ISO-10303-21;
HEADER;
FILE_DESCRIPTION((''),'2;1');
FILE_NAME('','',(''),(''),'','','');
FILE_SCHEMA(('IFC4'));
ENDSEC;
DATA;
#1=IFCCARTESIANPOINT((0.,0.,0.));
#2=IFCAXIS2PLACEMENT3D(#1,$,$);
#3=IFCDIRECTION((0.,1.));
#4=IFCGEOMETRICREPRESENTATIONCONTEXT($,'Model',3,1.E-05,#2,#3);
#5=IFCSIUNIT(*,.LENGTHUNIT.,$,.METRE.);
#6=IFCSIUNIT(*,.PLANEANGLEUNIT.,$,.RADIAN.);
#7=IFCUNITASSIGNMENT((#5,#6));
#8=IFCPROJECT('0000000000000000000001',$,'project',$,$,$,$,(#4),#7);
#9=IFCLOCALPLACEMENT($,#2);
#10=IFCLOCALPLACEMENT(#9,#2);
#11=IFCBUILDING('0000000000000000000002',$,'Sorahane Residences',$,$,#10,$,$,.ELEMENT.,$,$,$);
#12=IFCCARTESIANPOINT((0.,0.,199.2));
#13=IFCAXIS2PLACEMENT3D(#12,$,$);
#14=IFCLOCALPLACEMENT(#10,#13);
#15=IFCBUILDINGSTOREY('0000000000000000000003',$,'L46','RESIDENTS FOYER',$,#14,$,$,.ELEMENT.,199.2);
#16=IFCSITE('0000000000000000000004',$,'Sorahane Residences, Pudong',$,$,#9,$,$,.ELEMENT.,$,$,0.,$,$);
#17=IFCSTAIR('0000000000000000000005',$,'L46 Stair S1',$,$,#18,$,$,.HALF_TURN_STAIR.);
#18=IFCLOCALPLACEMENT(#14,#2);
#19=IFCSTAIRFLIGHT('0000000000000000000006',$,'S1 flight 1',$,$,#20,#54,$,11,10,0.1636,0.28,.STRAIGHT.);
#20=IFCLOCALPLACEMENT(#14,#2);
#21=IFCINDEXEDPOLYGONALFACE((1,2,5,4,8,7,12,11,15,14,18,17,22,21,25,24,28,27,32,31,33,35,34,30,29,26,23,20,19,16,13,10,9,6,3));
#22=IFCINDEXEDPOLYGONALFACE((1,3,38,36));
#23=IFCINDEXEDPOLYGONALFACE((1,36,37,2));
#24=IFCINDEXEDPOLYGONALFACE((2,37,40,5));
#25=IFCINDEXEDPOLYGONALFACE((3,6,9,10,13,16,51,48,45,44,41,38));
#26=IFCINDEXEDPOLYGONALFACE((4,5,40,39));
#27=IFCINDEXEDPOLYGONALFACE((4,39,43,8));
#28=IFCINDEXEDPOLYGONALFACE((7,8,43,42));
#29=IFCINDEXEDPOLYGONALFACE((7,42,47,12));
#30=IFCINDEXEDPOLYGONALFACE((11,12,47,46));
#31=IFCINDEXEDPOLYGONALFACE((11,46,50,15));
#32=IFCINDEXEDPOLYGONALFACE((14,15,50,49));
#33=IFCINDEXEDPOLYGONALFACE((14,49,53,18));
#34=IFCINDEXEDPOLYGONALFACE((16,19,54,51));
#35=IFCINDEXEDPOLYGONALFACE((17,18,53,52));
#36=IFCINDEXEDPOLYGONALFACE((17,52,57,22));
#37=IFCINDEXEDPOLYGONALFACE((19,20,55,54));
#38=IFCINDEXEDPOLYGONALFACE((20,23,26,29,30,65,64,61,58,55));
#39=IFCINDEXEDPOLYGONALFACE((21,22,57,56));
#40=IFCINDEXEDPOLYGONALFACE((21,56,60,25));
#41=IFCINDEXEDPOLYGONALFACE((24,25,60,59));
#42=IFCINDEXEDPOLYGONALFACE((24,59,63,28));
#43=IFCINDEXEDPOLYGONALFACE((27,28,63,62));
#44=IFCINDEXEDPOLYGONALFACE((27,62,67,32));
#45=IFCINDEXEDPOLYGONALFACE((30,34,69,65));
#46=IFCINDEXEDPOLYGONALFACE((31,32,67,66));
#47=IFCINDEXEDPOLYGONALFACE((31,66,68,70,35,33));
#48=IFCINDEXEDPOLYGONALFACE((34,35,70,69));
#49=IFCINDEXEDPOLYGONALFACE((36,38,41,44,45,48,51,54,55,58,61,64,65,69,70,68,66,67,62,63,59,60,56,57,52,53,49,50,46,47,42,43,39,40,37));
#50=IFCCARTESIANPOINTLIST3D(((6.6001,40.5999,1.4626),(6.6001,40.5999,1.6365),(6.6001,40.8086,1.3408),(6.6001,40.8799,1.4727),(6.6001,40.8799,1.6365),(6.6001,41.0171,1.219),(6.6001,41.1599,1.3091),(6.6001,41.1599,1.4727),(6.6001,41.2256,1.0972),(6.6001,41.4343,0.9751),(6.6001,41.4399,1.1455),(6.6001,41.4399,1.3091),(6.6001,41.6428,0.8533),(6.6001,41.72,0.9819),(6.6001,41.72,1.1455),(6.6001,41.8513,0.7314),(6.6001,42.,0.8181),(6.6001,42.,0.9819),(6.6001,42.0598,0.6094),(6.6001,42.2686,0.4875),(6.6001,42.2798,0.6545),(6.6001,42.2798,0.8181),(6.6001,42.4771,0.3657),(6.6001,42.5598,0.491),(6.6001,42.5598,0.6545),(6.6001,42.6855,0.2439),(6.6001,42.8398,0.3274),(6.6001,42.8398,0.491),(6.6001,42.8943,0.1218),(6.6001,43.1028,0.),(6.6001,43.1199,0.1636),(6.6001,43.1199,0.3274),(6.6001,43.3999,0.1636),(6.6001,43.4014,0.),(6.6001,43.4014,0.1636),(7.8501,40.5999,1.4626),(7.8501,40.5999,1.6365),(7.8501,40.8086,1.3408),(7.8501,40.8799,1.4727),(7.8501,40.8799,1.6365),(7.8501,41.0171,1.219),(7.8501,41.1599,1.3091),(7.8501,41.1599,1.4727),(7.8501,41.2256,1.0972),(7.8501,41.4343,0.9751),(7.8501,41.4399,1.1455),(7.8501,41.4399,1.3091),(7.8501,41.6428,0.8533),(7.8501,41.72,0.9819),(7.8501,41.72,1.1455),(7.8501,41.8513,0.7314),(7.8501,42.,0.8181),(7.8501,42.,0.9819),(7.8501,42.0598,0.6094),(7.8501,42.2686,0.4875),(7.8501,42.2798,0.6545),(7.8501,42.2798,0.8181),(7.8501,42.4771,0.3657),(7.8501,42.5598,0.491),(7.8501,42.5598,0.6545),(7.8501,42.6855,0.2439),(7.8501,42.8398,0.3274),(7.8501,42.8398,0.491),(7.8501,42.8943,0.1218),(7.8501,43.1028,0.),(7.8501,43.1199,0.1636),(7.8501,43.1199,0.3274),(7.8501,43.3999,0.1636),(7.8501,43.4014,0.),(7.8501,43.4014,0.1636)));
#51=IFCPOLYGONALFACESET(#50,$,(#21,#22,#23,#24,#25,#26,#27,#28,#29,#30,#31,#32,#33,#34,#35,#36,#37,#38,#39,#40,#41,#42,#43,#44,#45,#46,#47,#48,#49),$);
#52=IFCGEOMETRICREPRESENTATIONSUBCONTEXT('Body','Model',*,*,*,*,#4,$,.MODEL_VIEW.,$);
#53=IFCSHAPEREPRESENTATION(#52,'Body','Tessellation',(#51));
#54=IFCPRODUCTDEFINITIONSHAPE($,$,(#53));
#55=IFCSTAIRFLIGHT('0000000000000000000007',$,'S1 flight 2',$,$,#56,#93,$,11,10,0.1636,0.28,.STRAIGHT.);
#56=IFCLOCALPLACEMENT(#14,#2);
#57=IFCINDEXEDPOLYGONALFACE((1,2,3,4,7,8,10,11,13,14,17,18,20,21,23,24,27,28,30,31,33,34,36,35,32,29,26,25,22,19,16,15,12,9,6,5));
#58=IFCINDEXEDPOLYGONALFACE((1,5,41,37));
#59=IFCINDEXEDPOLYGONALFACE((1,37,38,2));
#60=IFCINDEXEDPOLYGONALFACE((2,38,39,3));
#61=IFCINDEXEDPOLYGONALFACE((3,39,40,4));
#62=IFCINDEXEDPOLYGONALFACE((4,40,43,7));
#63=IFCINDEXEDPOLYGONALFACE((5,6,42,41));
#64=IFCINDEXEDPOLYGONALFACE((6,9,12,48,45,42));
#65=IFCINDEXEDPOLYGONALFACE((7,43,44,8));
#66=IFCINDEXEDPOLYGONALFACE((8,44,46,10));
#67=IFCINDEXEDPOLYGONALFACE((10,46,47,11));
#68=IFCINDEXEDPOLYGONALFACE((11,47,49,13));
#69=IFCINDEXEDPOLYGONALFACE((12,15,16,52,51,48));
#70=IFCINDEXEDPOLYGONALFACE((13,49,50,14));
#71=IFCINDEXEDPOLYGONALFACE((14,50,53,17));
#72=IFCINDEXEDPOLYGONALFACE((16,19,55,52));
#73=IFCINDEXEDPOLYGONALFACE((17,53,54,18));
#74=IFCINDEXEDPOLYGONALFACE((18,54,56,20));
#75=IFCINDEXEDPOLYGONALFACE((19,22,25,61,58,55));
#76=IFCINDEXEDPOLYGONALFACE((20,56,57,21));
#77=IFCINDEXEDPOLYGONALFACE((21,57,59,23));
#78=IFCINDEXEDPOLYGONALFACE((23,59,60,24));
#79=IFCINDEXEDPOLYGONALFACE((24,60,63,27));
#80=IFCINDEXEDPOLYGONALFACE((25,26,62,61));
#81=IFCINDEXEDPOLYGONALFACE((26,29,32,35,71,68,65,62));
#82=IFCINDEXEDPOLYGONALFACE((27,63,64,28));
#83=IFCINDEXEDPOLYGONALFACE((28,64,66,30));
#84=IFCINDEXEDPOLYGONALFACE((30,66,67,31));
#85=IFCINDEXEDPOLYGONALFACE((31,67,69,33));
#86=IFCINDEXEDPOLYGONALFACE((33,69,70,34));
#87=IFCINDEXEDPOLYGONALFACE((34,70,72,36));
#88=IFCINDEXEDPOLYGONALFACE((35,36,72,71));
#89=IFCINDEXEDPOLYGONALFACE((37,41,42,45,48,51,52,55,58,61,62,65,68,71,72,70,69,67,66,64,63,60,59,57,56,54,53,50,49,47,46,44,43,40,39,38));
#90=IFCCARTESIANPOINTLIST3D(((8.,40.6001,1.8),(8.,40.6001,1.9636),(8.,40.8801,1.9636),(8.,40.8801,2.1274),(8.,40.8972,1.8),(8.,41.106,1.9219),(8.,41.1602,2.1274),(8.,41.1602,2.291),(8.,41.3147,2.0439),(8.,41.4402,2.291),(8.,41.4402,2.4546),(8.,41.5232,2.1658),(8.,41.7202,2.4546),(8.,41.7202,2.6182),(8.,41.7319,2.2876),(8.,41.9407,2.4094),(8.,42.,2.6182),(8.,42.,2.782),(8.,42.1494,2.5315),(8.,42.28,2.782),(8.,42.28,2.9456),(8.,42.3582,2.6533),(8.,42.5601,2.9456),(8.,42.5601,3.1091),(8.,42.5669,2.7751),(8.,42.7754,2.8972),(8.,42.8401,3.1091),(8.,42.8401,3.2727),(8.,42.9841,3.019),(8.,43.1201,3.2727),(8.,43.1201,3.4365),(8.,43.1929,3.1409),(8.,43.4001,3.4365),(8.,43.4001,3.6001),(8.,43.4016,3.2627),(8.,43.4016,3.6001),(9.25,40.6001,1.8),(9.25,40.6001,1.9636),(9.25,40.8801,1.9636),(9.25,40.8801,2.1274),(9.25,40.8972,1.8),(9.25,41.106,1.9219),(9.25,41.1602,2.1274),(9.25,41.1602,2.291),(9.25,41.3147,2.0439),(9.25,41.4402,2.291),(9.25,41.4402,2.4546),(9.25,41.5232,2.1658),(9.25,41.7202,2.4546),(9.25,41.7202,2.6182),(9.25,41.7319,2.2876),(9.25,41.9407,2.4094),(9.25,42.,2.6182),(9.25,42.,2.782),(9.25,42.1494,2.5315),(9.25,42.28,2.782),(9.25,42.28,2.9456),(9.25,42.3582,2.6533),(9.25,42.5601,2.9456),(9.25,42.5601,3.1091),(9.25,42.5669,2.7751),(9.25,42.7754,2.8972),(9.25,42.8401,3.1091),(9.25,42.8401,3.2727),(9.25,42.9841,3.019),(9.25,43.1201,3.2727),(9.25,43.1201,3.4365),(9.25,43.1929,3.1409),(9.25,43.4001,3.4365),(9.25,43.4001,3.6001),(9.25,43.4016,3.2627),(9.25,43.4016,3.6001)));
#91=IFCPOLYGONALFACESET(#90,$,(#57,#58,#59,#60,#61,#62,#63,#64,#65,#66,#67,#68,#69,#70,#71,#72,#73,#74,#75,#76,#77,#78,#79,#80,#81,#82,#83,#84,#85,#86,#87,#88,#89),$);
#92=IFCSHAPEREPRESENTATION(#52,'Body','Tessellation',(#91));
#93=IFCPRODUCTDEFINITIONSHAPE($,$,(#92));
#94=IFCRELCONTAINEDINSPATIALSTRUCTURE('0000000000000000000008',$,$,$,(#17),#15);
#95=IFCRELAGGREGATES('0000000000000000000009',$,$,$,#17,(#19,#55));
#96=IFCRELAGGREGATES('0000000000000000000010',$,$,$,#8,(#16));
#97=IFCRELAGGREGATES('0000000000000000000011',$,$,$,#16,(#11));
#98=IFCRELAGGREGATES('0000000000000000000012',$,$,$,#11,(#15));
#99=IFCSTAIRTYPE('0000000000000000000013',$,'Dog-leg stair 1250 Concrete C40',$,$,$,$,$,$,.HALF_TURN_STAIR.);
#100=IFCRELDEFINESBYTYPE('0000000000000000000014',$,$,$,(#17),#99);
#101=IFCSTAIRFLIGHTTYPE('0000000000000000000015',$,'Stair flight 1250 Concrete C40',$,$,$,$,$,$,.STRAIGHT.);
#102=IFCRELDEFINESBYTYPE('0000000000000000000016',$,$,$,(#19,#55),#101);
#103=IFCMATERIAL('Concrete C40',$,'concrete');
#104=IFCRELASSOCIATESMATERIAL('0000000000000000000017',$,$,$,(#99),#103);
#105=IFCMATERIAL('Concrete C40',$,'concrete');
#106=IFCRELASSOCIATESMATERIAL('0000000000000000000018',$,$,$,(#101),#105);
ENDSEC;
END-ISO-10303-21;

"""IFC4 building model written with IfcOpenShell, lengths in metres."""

from ifc_helpers import new_model, si_unit, direction, frame, origin, place, context, subcontext, project, spatial, polyline, outline, extrude, material, type_object, element, aggregate, save


model = new_model("IFC4")

# Units and contexts
model_context = context("Model", 3, precision=1e-05, world=origin(), true_north=direction((0.0, 1.0)))
body_context = subcontext(model_context, "Body", "Model", "MODEL_VIEW")
ifc_project = project(units=[si_unit("LENGTHUNIT", "METRE"), si_unit("PLANEANGLEUNIT", "RADIAN")], contexts=[model_context])

# Site, building, storey
site_placement = place(None, origin())
site = spatial("IfcSite", under=ifc_project, at=site_placement, Name="Sorahane Residences, Pudong", CompositionType="ELEMENT", RefElevation=0.0)
building_placement = place(site_placement, origin())
building = spatial("IfcBuilding", under=site, at=building_placement, Name="Sorahane Residences", CompositionType="ELEMENT")
storey_placement = place(building_placement, frame((0.0, 0.0, 199.2)))
storey = spatial("IfcBuildingStorey", under=building, at=storey_placement, Name="L46", Description="RESIDENTS FOYER", CompositionType="ELEMENT", Elevation=199.2)

# Stair, stair flights
ifc_material_1 = material(Name="Concrete C40", Category="concrete")
stair_type = type_object("IfcStairType", Name="Dog-leg stair 1250 Concrete C40", PredefinedType="HALF_TURN_STAIR", material=ifc_material_1)
stair_placement = place(storey_placement, origin())
stair = element("IfcStair", 1, at=stair_placement, inside=storey, type_object=stair_type, Name="L46 Stair S1", PredefinedType="HALF_TURN_STAIR")
ifc_material_2 = material(Name="Concrete C40", Category="concrete")
stair_flight_type = type_object("IfcStairFlightType", Name="Stair flight 1250 Concrete C40", PredefinedType="STRAIGHT", material=ifc_material_2)
stair_flight_1_placement = place(storey_placement, frame((7.2251, 43.3999, 0.0), z_axis=(0.0, 0.0, 1.0), x_axis=(0.0, -1.0, 0.0)))
stair_flight_1 = element("IfcStairFlight", 2, at=stair_flight_1_placement, type_object=stair_flight_type, Name="S1 flight 1", NumberOfRisers=11, NumberOfTreads=10, PredefinedType="STRAIGHT", RiserHeight=0.1636, TreadLength=0.28, context=body_context, shape_type="SweptSolid", body=[
    extrude(outline(polyline([(-0.0015, 0.0), (-0.0015, 0.1636), (0.0, 0.1636), (0.28, 0.1636), (0.28, 0.3274), (0.5601, 0.3274), (0.5601, 0.491), (0.8401, 0.491), (0.8401, 0.6545), (1.1201, 0.6545), (1.1201, 0.8181), (1.3999, 0.8181), (1.3999, 0.9819), (1.6799, 0.9819), (1.6799, 1.1455), (1.96, 1.1455), (1.96, 1.3091), (2.24, 1.3091), (2.24, 1.4727), (2.52, 1.4727), (2.52, 1.6365), (2.8, 1.6365), (2.8, 1.8), (2.8, 1.4626), (2.5913, 1.3408), (2.3828, 1.219), (2.1743, 1.0972), (1.9656, 0.9751), (1.7571, 0.8533), (1.5486, 0.7314), (1.3401, 0.6094), (1.1313, 0.4875), (0.9229, 0.3657), (0.7144, 0.2439), (0.5056, 0.1218), (0.2971, 0.0), (-0.0015, 0.0)])), frame((0.0, 0.625, 0.0), z_axis=(0.0, -1.0, 0.0), x_axis=(1.0, 0.0, 0.0)), (0.0, 0.0, 1.0), 1.25),
])
stair_flight_2_placement = place(storey_placement, frame((8.625, 40.6001, 1.8), z_axis=(0.0, 0.0, 1.0), x_axis=(0.0, 1.0, 0.0)))
stair_flight_2 = element("IfcStairFlight", 3, at=stair_flight_2_placement, type_object=stair_flight_type, Name="S1 flight 2", NumberOfRisers=11, NumberOfTreads=10, PredefinedType="STRAIGHT", RiserHeight=0.1636, TreadLength=0.28, context=body_context, shape_type="SweptSolid", body=[
    extrude(outline(polyline([(0.0, 0.0), (0.0, 0.1636), (0.28, 0.1636), (0.28, 0.3274), (0.5601, 0.3274), (0.5601, 0.491), (0.8401, 0.491), (0.8401, 0.6545), (1.1201, 0.6545), (1.1201, 0.8181), (1.3999, 0.8181), (1.3999, 0.9819), (1.6799, 0.9819), (1.6799, 1.1455), (1.96, 1.1455), (1.96, 1.3091), (2.24, 1.3091), (2.24, 1.4727), (2.52, 1.4727), (2.52, 1.6365), (2.8, 1.6365), (2.8, 1.8), (2.8015, 1.8), (2.8015, 1.4626), (2.5928, 1.3408), (2.384, 1.219), (2.1753, 1.0972), (1.9668, 0.9751), (1.7581, 0.8533), (1.5493, 0.7314), (1.3406, 0.6094), (1.1318, 0.4875), (0.9231, 0.3657), (0.7146, 0.2439), (0.5059, 0.1218), (0.2971, 0.0), (0.0, 0.0)])), frame((0.0, 0.625, 0.0), z_axis=(0.0, -1.0, 0.0), x_axis=(1.0, 0.0, 0.0)), (0.0, 0.0, 1.0), 1.25),
])
aggregate(stair, [stair_flight_1, stair_flight_2])

save(model, "model.ifc")
